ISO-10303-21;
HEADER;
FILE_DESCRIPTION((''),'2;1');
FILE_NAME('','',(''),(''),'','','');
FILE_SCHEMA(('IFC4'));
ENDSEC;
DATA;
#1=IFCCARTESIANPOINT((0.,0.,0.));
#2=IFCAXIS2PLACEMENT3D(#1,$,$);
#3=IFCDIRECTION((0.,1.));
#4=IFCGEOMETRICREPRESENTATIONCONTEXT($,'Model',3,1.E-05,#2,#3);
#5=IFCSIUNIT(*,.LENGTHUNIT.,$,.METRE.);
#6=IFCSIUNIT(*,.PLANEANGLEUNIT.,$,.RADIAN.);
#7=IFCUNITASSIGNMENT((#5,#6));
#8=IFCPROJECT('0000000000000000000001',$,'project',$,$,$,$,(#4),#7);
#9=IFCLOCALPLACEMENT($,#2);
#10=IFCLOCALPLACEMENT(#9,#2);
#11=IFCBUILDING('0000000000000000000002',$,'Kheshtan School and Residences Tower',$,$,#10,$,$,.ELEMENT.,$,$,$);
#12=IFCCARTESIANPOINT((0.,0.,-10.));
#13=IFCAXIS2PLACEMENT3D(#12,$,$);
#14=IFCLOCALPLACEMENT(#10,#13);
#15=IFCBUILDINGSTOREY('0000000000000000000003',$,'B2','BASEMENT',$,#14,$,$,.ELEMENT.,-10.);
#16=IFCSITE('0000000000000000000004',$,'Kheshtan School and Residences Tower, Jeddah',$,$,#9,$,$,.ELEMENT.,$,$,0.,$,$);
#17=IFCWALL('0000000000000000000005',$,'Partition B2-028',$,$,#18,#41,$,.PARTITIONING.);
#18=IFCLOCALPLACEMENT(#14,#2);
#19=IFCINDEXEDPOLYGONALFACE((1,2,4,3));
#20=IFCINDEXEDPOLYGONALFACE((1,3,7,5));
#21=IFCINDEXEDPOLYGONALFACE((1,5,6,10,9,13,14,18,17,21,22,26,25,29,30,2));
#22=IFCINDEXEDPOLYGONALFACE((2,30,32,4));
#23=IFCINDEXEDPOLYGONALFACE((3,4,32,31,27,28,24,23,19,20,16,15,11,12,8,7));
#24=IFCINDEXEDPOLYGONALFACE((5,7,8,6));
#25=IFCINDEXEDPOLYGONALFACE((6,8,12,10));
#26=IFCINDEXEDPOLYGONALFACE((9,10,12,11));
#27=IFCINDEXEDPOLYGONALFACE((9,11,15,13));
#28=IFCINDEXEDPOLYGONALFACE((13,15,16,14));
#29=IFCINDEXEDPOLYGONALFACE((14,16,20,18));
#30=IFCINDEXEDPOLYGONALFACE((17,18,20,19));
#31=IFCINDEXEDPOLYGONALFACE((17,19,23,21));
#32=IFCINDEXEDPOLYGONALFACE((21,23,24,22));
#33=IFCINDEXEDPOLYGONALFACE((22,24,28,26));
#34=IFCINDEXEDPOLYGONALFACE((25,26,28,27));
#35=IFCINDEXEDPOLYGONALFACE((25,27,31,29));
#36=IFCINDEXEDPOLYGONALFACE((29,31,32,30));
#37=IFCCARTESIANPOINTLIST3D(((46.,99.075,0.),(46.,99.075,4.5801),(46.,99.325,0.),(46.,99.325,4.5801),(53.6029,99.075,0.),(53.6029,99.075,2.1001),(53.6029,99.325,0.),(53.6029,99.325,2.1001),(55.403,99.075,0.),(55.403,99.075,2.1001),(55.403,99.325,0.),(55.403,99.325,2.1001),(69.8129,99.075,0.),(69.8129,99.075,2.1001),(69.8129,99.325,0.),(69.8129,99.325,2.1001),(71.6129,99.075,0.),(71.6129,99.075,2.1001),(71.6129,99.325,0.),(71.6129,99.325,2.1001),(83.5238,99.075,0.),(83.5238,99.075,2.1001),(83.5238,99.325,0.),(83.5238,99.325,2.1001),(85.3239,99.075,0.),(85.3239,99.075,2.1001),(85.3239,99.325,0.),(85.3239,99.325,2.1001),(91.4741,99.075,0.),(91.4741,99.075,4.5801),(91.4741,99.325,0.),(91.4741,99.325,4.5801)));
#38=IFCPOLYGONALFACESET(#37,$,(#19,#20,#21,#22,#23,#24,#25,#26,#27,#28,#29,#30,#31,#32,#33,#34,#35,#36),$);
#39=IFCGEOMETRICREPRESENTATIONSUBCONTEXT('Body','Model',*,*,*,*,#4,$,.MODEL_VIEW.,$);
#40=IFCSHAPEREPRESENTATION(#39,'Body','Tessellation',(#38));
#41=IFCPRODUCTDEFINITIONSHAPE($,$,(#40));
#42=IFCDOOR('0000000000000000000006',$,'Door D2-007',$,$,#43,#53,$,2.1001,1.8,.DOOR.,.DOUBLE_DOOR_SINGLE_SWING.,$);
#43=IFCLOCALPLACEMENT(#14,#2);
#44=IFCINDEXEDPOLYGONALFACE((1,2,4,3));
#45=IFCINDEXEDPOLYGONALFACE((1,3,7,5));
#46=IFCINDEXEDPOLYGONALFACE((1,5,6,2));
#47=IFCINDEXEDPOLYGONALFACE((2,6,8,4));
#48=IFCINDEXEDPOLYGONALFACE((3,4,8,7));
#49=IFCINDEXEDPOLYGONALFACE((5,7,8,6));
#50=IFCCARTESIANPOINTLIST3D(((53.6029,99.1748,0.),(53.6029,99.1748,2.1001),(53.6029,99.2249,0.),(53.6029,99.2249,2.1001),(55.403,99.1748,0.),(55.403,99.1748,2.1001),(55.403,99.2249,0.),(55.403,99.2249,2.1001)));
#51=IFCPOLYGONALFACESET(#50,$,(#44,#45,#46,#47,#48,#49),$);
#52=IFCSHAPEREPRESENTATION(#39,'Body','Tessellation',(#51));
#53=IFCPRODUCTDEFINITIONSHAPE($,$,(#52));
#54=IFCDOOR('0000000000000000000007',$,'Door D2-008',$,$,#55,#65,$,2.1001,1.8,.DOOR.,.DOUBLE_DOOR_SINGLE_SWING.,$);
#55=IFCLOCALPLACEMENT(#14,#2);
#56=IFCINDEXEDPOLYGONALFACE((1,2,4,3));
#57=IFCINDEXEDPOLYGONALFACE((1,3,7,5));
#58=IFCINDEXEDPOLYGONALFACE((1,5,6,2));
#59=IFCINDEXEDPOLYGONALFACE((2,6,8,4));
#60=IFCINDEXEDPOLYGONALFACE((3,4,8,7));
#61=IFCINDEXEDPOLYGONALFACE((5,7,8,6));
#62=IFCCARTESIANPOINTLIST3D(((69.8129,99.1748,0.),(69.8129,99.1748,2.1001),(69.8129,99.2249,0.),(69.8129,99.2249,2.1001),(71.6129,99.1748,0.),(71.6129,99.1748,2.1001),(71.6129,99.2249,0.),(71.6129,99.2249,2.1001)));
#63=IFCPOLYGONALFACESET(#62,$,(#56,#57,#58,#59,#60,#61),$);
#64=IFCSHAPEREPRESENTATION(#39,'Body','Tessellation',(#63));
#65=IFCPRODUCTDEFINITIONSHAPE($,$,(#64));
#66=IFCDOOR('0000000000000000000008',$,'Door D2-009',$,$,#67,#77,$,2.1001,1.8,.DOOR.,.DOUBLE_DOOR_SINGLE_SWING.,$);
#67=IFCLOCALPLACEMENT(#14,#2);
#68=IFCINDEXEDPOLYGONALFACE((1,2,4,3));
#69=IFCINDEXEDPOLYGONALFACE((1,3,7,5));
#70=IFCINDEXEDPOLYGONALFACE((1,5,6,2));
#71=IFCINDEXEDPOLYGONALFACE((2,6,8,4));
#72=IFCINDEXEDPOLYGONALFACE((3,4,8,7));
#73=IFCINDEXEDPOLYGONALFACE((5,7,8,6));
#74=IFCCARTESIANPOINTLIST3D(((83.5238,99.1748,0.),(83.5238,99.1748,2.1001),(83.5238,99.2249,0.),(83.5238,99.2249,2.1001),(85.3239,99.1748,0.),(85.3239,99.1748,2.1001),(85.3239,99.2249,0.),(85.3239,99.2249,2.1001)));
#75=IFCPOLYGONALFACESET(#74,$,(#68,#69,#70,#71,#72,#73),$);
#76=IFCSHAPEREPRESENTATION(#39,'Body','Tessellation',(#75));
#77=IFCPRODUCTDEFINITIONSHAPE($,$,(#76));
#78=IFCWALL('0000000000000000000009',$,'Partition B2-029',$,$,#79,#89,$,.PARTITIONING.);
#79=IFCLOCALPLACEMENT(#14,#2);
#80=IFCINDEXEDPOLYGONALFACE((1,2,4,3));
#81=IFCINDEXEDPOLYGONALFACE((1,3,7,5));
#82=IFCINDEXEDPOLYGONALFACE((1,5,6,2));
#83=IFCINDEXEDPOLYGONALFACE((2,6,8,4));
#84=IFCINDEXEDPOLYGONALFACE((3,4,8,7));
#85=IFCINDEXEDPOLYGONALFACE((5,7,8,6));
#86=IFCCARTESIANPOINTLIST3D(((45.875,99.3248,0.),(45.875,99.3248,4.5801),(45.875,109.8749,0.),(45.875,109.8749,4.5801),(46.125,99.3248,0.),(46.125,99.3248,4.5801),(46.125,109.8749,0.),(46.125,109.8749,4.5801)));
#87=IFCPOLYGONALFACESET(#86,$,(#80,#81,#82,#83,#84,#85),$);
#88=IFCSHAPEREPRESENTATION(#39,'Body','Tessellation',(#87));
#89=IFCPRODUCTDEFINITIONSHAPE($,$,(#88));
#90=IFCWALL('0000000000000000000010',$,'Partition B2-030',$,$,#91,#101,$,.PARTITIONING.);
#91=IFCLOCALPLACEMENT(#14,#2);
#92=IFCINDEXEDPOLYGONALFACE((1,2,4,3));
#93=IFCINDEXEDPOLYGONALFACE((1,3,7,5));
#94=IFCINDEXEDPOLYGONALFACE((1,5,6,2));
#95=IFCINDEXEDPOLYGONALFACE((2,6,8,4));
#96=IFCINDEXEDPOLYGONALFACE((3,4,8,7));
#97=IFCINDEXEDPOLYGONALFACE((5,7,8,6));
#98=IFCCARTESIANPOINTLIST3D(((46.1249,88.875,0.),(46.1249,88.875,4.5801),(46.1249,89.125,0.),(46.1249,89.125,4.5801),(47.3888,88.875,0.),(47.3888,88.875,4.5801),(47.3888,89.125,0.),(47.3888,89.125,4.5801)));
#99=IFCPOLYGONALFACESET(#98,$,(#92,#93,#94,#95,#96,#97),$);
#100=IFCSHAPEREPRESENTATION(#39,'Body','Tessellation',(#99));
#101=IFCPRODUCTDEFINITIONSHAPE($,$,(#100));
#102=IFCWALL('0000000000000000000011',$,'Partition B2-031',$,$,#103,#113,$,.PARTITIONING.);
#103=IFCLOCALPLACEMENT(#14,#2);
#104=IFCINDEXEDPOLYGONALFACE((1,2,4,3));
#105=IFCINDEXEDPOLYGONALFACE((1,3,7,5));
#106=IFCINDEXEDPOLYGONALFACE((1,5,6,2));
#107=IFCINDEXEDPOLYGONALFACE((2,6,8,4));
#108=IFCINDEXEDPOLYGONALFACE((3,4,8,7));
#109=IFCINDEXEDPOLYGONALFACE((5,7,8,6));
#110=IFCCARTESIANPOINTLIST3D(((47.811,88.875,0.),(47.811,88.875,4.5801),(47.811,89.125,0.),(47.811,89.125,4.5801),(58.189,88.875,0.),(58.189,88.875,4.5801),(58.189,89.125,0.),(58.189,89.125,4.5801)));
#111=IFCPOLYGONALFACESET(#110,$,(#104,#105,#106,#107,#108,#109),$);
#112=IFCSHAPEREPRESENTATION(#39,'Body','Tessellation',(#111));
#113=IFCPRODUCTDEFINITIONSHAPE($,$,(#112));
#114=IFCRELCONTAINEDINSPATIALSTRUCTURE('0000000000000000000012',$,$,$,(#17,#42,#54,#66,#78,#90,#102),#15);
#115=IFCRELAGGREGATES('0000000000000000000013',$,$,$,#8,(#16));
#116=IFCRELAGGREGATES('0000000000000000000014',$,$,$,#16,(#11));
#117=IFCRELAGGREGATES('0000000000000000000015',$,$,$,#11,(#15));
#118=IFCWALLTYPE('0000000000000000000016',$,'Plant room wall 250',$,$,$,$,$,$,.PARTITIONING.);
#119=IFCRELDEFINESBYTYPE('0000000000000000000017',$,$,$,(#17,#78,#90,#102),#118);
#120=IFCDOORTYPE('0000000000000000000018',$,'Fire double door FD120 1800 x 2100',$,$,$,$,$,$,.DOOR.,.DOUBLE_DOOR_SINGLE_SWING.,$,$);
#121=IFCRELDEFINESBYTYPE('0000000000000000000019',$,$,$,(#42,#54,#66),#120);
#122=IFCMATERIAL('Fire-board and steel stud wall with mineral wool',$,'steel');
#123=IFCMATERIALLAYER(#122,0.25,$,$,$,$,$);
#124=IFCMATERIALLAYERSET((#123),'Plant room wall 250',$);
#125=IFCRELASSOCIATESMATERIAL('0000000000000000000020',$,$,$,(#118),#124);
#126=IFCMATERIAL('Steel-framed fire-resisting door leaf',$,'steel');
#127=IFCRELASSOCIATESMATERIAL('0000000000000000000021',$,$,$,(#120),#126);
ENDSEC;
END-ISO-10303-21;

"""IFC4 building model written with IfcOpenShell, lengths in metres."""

from ifc_helpers import new_model, si_unit, direction, frame, frame_2d, origin, place, context, subcontext, project, spatial, rectangle, extrude, source, transform, mapped, material, layer, layer_set, type_object, element, fill, save


model = new_model("IFC4")

# Units and contexts
model_context = context("Model", 3, precision=1e-05, world=origin(), true_north=direction((0.0, 1.0)))
body_context = subcontext(model_context, "Body", "Model", "MODEL_VIEW")
ifc_project = project(units=[si_unit("LENGTHUNIT", "METRE"), si_unit("PLANEANGLEUNIT", "RADIAN")], contexts=[model_context])

# Site, building, storey
site_placement = place(None, origin())
site = spatial("IfcSite", under=ifc_project, at=site_placement, Name="Kheshtan School and Residences Tower, Jeddah", CompositionType="ELEMENT", RefElevation=0.0)
building_placement = place(site_placement, origin())
building = spatial("IfcBuilding", under=site, at=building_placement, Name="Kheshtan School and Residences Tower", CompositionType="ELEMENT")
storey_placement = place(building_placement, frame((0.0, 0.0, -10.0)))
storey = spatial("IfcBuildingStorey", under=building, at=storey_placement, Name="B2", Description="BASEMENT", CompositionType="ELEMENT", Elevation=-10.0)

# Shared definitions
ifc_material_1 = material(Name="Steel-framed fire-resisting door leaf", Category="steel")

# Shared definitions
ifc_material_2 = material(Name="Fire-board and steel stud wall with mineral wool", Category="steel")
ifc_layer_1 = layer(ifc_material_2, 0.25)
ifc_layer_set_1 = layer_set([ifc_layer_1], Name="Plant room wall 250")
wall_type_1 = type_object("IfcWallType", Name="Plant room wall 250", PredefinedType="PARTITIONING", material=ifc_layer_set_1)
door_type_1 = type_object("IfcDoorType", Name="Fire double door FD120 1800 x 2100", OperationType="DOUBLE_DOOR_SINGLE_SWING", PredefinedType="DOOR", material=ifc_material_1)
shared_shape_1 = source(origin(), body_context, "Body", "SweptSolid", [
    extrude(rectangle(XDim=1.8, YDim=2.1001, at=frame_2d((0.8999, 1.05))), frame((0.0, 0.0249, 0.0), z_axis=(0.0, -1.0, 0.0), x_axis=(1.0, 0.0, 0.0)), (0.0, 0.0, 1.0), 0.05),
])

# Wall, openings, doors
wall_1_placement = place(storey_placement, frame((46.0, 99.2, 0.0), z_axis=(0.0, 0.0, 1.0), x_axis=(1.0, 0.0, 0.0)))
wall_1 = element("IfcWall", 1, at=wall_1_placement, inside=storey, type_object=wall_type_1, Name="Partition B2-028", PredefinedType="PARTITIONING", context=body_context, shape_type="SweptSolid", body=[
    extrude(rectangle(XDim=45.4741, YDim=0.25, at=frame_2d((22.7371, 0.0))), origin(), (0.0, 0.0, 1.0), 4.5801),
])
opening_1_placement = place(wall_1_placement, frame((7.603, 0.0, 0.0)))
opening_1 = element("IfcOpeningElement", 2, at=opening_1_placement, cuts=wall_1, PredefinedType="OPENING", context=body_context, shape_type="SweptSolid", body=[
    extrude(rectangle(XDim=1.8, YDim=2.1001, at=frame_2d((0.8999, 1.05))), frame((0.0, 0.135, 0.0), z_axis=(0.0, -1.0, 0.0), x_axis=(1.0, 0.0, 0.0)), (0.0, 0.0, 1.0), 0.27),
])
opening_2_placement = place(wall_1_placement, frame((23.813, 0.0, 0.0)))
opening_2 = element("IfcOpeningElement", 3, at=opening_2_placement, cuts=wall_1, PredefinedType="OPENING", context=body_context, shape_type="SweptSolid", body=[
    extrude(rectangle(XDim=1.8, YDim=2.1001, at=frame_2d((0.8999, 1.05))), frame((0.0, 0.135, 0.0), z_axis=(0.0, -1.0, 0.0), x_axis=(1.0, 0.0, 0.0)), (0.0, 0.0, 1.0), 0.27),
])
opening_3_placement = place(wall_1_placement, frame((37.5239, 0.0, 0.0)))
opening_3 = element("IfcOpeningElement", 4, at=opening_3_placement, cuts=wall_1, PredefinedType="OPENING", context=body_context, shape_type="SweptSolid", body=[
    extrude(rectangle(XDim=1.8, YDim=2.1001, at=frame_2d((0.8999, 1.05))), frame((0.0, 0.135, 0.0), z_axis=(0.0, -1.0, 0.0), x_axis=(1.0, 0.0, 0.0)), (0.0, 0.0, 1.0), 0.27),
])
door_1_placement = place(opening_1_placement, origin())
door_1 = element("IfcDoor", 5, at=door_1_placement, inside=storey, type_object=door_type_1, Name="Door D2-007", OperationType="DOUBLE_DOOR_SINGLE_SWING", OverallHeight=2.1001, OverallWidth=1.8, PredefinedType="DOOR", context=body_context, shape_type="MappedRepresentation", body=[
    mapped(shared_shape_1, transform((0.0, 0.0, 0.0), x_axis=(1.0, 0.0, 0.0), y_axis=(0.0, 1.0, 0.0), z_axis=(0.0, 0.0, 1.0), scale=1.0)),
])
fill(opening_1, door_1)
door_2_placement = place(opening_2_placement, origin())
door_2 = element("IfcDoor", 6, at=door_2_placement, inside=storey, type_object=door_type_1, Name="Door D2-008", OperationType="DOUBLE_DOOR_SINGLE_SWING", OverallHeight=2.1001, OverallWidth=1.8, PredefinedType="DOOR", context=body_context, shape_type="MappedRepresentation", body=[
    mapped(shared_shape_1, transform((0.0, 0.0, 0.0), x_axis=(1.0, 0.0, 0.0), y_axis=(0.0, 1.0, 0.0), z_axis=(0.0, 0.0, 1.0), scale=1.0)),
])
fill(opening_2, door_2)
door_3_placement = place(opening_3_placement, origin())
door_3 = element("IfcDoor", 7, at=door_3_placement, inside=storey, type_object=door_type_1, Name="Door D2-009", OperationType="DOUBLE_DOOR_SINGLE_SWING", OverallHeight=2.1001, OverallWidth=1.8, PredefinedType="DOOR", context=body_context, shape_type="MappedRepresentation", body=[
    mapped(shared_shape_1, transform((0.0, 0.0, 0.0), x_axis=(1.0, 0.0, 0.0), y_axis=(0.0, 1.0, 0.0), z_axis=(0.0, 0.0, 1.0), scale=1.0)),
])
fill(opening_3, door_3)

# Walls
wall_2_placement = place(storey_placement, frame((46.0, 99.325, 0.0), z_axis=(0.0, 0.0, 1.0), x_axis=(0.0, 1.0, 0.0)))
element("IfcWall", 8, at=wall_2_placement, inside=storey, type_object=wall_type_1, Name="Partition B2-029", PredefinedType="PARTITIONING", context=body_context, shape_type="SweptSolid", body=[
    extrude(rectangle(XDim=10.55, YDim=0.25, at=frame_2d((5.2749, 0.0))), origin(), (0.0, 0.0, 1.0), 4.5801),
])
wall_3_placement = place(storey_placement, frame((46.125, 89.0, 0.0), z_axis=(0.0, 0.0, 1.0), x_axis=(1.0, 0.0, 0.0)))
element("IfcWall", 9, at=wall_3_placement, inside=storey, type_object=wall_type_1, Name="Partition B2-030", PredefinedType="PARTITIONING", context=body_context, shape_type="SweptSolid", body=[
    extrude(rectangle(XDim=1.2639, YDim=0.25, at=frame_2d((0.6318, 0.0))), origin(), (0.0, 0.0, 1.0), 4.5801),
])
wall_4_placement = place(storey_placement, frame((47.811, 89.0, 0.0), z_axis=(0.0, 0.0, 1.0), x_axis=(1.0, 0.0, 0.0)))
element("IfcWall", 10, at=wall_4_placement, inside=storey, type_object=wall_type_1, Name="Partition B2-031", PredefinedType="PARTITIONING", context=body_context, shape_type="SweptSolid", body=[
    extrude(rectangle(XDim=10.3779, YDim=0.25, at=frame_2d((5.189, 0.0))), origin(), (0.0, 0.0, 1.0), 4.5801),
])

save(model, "model.ifc")
